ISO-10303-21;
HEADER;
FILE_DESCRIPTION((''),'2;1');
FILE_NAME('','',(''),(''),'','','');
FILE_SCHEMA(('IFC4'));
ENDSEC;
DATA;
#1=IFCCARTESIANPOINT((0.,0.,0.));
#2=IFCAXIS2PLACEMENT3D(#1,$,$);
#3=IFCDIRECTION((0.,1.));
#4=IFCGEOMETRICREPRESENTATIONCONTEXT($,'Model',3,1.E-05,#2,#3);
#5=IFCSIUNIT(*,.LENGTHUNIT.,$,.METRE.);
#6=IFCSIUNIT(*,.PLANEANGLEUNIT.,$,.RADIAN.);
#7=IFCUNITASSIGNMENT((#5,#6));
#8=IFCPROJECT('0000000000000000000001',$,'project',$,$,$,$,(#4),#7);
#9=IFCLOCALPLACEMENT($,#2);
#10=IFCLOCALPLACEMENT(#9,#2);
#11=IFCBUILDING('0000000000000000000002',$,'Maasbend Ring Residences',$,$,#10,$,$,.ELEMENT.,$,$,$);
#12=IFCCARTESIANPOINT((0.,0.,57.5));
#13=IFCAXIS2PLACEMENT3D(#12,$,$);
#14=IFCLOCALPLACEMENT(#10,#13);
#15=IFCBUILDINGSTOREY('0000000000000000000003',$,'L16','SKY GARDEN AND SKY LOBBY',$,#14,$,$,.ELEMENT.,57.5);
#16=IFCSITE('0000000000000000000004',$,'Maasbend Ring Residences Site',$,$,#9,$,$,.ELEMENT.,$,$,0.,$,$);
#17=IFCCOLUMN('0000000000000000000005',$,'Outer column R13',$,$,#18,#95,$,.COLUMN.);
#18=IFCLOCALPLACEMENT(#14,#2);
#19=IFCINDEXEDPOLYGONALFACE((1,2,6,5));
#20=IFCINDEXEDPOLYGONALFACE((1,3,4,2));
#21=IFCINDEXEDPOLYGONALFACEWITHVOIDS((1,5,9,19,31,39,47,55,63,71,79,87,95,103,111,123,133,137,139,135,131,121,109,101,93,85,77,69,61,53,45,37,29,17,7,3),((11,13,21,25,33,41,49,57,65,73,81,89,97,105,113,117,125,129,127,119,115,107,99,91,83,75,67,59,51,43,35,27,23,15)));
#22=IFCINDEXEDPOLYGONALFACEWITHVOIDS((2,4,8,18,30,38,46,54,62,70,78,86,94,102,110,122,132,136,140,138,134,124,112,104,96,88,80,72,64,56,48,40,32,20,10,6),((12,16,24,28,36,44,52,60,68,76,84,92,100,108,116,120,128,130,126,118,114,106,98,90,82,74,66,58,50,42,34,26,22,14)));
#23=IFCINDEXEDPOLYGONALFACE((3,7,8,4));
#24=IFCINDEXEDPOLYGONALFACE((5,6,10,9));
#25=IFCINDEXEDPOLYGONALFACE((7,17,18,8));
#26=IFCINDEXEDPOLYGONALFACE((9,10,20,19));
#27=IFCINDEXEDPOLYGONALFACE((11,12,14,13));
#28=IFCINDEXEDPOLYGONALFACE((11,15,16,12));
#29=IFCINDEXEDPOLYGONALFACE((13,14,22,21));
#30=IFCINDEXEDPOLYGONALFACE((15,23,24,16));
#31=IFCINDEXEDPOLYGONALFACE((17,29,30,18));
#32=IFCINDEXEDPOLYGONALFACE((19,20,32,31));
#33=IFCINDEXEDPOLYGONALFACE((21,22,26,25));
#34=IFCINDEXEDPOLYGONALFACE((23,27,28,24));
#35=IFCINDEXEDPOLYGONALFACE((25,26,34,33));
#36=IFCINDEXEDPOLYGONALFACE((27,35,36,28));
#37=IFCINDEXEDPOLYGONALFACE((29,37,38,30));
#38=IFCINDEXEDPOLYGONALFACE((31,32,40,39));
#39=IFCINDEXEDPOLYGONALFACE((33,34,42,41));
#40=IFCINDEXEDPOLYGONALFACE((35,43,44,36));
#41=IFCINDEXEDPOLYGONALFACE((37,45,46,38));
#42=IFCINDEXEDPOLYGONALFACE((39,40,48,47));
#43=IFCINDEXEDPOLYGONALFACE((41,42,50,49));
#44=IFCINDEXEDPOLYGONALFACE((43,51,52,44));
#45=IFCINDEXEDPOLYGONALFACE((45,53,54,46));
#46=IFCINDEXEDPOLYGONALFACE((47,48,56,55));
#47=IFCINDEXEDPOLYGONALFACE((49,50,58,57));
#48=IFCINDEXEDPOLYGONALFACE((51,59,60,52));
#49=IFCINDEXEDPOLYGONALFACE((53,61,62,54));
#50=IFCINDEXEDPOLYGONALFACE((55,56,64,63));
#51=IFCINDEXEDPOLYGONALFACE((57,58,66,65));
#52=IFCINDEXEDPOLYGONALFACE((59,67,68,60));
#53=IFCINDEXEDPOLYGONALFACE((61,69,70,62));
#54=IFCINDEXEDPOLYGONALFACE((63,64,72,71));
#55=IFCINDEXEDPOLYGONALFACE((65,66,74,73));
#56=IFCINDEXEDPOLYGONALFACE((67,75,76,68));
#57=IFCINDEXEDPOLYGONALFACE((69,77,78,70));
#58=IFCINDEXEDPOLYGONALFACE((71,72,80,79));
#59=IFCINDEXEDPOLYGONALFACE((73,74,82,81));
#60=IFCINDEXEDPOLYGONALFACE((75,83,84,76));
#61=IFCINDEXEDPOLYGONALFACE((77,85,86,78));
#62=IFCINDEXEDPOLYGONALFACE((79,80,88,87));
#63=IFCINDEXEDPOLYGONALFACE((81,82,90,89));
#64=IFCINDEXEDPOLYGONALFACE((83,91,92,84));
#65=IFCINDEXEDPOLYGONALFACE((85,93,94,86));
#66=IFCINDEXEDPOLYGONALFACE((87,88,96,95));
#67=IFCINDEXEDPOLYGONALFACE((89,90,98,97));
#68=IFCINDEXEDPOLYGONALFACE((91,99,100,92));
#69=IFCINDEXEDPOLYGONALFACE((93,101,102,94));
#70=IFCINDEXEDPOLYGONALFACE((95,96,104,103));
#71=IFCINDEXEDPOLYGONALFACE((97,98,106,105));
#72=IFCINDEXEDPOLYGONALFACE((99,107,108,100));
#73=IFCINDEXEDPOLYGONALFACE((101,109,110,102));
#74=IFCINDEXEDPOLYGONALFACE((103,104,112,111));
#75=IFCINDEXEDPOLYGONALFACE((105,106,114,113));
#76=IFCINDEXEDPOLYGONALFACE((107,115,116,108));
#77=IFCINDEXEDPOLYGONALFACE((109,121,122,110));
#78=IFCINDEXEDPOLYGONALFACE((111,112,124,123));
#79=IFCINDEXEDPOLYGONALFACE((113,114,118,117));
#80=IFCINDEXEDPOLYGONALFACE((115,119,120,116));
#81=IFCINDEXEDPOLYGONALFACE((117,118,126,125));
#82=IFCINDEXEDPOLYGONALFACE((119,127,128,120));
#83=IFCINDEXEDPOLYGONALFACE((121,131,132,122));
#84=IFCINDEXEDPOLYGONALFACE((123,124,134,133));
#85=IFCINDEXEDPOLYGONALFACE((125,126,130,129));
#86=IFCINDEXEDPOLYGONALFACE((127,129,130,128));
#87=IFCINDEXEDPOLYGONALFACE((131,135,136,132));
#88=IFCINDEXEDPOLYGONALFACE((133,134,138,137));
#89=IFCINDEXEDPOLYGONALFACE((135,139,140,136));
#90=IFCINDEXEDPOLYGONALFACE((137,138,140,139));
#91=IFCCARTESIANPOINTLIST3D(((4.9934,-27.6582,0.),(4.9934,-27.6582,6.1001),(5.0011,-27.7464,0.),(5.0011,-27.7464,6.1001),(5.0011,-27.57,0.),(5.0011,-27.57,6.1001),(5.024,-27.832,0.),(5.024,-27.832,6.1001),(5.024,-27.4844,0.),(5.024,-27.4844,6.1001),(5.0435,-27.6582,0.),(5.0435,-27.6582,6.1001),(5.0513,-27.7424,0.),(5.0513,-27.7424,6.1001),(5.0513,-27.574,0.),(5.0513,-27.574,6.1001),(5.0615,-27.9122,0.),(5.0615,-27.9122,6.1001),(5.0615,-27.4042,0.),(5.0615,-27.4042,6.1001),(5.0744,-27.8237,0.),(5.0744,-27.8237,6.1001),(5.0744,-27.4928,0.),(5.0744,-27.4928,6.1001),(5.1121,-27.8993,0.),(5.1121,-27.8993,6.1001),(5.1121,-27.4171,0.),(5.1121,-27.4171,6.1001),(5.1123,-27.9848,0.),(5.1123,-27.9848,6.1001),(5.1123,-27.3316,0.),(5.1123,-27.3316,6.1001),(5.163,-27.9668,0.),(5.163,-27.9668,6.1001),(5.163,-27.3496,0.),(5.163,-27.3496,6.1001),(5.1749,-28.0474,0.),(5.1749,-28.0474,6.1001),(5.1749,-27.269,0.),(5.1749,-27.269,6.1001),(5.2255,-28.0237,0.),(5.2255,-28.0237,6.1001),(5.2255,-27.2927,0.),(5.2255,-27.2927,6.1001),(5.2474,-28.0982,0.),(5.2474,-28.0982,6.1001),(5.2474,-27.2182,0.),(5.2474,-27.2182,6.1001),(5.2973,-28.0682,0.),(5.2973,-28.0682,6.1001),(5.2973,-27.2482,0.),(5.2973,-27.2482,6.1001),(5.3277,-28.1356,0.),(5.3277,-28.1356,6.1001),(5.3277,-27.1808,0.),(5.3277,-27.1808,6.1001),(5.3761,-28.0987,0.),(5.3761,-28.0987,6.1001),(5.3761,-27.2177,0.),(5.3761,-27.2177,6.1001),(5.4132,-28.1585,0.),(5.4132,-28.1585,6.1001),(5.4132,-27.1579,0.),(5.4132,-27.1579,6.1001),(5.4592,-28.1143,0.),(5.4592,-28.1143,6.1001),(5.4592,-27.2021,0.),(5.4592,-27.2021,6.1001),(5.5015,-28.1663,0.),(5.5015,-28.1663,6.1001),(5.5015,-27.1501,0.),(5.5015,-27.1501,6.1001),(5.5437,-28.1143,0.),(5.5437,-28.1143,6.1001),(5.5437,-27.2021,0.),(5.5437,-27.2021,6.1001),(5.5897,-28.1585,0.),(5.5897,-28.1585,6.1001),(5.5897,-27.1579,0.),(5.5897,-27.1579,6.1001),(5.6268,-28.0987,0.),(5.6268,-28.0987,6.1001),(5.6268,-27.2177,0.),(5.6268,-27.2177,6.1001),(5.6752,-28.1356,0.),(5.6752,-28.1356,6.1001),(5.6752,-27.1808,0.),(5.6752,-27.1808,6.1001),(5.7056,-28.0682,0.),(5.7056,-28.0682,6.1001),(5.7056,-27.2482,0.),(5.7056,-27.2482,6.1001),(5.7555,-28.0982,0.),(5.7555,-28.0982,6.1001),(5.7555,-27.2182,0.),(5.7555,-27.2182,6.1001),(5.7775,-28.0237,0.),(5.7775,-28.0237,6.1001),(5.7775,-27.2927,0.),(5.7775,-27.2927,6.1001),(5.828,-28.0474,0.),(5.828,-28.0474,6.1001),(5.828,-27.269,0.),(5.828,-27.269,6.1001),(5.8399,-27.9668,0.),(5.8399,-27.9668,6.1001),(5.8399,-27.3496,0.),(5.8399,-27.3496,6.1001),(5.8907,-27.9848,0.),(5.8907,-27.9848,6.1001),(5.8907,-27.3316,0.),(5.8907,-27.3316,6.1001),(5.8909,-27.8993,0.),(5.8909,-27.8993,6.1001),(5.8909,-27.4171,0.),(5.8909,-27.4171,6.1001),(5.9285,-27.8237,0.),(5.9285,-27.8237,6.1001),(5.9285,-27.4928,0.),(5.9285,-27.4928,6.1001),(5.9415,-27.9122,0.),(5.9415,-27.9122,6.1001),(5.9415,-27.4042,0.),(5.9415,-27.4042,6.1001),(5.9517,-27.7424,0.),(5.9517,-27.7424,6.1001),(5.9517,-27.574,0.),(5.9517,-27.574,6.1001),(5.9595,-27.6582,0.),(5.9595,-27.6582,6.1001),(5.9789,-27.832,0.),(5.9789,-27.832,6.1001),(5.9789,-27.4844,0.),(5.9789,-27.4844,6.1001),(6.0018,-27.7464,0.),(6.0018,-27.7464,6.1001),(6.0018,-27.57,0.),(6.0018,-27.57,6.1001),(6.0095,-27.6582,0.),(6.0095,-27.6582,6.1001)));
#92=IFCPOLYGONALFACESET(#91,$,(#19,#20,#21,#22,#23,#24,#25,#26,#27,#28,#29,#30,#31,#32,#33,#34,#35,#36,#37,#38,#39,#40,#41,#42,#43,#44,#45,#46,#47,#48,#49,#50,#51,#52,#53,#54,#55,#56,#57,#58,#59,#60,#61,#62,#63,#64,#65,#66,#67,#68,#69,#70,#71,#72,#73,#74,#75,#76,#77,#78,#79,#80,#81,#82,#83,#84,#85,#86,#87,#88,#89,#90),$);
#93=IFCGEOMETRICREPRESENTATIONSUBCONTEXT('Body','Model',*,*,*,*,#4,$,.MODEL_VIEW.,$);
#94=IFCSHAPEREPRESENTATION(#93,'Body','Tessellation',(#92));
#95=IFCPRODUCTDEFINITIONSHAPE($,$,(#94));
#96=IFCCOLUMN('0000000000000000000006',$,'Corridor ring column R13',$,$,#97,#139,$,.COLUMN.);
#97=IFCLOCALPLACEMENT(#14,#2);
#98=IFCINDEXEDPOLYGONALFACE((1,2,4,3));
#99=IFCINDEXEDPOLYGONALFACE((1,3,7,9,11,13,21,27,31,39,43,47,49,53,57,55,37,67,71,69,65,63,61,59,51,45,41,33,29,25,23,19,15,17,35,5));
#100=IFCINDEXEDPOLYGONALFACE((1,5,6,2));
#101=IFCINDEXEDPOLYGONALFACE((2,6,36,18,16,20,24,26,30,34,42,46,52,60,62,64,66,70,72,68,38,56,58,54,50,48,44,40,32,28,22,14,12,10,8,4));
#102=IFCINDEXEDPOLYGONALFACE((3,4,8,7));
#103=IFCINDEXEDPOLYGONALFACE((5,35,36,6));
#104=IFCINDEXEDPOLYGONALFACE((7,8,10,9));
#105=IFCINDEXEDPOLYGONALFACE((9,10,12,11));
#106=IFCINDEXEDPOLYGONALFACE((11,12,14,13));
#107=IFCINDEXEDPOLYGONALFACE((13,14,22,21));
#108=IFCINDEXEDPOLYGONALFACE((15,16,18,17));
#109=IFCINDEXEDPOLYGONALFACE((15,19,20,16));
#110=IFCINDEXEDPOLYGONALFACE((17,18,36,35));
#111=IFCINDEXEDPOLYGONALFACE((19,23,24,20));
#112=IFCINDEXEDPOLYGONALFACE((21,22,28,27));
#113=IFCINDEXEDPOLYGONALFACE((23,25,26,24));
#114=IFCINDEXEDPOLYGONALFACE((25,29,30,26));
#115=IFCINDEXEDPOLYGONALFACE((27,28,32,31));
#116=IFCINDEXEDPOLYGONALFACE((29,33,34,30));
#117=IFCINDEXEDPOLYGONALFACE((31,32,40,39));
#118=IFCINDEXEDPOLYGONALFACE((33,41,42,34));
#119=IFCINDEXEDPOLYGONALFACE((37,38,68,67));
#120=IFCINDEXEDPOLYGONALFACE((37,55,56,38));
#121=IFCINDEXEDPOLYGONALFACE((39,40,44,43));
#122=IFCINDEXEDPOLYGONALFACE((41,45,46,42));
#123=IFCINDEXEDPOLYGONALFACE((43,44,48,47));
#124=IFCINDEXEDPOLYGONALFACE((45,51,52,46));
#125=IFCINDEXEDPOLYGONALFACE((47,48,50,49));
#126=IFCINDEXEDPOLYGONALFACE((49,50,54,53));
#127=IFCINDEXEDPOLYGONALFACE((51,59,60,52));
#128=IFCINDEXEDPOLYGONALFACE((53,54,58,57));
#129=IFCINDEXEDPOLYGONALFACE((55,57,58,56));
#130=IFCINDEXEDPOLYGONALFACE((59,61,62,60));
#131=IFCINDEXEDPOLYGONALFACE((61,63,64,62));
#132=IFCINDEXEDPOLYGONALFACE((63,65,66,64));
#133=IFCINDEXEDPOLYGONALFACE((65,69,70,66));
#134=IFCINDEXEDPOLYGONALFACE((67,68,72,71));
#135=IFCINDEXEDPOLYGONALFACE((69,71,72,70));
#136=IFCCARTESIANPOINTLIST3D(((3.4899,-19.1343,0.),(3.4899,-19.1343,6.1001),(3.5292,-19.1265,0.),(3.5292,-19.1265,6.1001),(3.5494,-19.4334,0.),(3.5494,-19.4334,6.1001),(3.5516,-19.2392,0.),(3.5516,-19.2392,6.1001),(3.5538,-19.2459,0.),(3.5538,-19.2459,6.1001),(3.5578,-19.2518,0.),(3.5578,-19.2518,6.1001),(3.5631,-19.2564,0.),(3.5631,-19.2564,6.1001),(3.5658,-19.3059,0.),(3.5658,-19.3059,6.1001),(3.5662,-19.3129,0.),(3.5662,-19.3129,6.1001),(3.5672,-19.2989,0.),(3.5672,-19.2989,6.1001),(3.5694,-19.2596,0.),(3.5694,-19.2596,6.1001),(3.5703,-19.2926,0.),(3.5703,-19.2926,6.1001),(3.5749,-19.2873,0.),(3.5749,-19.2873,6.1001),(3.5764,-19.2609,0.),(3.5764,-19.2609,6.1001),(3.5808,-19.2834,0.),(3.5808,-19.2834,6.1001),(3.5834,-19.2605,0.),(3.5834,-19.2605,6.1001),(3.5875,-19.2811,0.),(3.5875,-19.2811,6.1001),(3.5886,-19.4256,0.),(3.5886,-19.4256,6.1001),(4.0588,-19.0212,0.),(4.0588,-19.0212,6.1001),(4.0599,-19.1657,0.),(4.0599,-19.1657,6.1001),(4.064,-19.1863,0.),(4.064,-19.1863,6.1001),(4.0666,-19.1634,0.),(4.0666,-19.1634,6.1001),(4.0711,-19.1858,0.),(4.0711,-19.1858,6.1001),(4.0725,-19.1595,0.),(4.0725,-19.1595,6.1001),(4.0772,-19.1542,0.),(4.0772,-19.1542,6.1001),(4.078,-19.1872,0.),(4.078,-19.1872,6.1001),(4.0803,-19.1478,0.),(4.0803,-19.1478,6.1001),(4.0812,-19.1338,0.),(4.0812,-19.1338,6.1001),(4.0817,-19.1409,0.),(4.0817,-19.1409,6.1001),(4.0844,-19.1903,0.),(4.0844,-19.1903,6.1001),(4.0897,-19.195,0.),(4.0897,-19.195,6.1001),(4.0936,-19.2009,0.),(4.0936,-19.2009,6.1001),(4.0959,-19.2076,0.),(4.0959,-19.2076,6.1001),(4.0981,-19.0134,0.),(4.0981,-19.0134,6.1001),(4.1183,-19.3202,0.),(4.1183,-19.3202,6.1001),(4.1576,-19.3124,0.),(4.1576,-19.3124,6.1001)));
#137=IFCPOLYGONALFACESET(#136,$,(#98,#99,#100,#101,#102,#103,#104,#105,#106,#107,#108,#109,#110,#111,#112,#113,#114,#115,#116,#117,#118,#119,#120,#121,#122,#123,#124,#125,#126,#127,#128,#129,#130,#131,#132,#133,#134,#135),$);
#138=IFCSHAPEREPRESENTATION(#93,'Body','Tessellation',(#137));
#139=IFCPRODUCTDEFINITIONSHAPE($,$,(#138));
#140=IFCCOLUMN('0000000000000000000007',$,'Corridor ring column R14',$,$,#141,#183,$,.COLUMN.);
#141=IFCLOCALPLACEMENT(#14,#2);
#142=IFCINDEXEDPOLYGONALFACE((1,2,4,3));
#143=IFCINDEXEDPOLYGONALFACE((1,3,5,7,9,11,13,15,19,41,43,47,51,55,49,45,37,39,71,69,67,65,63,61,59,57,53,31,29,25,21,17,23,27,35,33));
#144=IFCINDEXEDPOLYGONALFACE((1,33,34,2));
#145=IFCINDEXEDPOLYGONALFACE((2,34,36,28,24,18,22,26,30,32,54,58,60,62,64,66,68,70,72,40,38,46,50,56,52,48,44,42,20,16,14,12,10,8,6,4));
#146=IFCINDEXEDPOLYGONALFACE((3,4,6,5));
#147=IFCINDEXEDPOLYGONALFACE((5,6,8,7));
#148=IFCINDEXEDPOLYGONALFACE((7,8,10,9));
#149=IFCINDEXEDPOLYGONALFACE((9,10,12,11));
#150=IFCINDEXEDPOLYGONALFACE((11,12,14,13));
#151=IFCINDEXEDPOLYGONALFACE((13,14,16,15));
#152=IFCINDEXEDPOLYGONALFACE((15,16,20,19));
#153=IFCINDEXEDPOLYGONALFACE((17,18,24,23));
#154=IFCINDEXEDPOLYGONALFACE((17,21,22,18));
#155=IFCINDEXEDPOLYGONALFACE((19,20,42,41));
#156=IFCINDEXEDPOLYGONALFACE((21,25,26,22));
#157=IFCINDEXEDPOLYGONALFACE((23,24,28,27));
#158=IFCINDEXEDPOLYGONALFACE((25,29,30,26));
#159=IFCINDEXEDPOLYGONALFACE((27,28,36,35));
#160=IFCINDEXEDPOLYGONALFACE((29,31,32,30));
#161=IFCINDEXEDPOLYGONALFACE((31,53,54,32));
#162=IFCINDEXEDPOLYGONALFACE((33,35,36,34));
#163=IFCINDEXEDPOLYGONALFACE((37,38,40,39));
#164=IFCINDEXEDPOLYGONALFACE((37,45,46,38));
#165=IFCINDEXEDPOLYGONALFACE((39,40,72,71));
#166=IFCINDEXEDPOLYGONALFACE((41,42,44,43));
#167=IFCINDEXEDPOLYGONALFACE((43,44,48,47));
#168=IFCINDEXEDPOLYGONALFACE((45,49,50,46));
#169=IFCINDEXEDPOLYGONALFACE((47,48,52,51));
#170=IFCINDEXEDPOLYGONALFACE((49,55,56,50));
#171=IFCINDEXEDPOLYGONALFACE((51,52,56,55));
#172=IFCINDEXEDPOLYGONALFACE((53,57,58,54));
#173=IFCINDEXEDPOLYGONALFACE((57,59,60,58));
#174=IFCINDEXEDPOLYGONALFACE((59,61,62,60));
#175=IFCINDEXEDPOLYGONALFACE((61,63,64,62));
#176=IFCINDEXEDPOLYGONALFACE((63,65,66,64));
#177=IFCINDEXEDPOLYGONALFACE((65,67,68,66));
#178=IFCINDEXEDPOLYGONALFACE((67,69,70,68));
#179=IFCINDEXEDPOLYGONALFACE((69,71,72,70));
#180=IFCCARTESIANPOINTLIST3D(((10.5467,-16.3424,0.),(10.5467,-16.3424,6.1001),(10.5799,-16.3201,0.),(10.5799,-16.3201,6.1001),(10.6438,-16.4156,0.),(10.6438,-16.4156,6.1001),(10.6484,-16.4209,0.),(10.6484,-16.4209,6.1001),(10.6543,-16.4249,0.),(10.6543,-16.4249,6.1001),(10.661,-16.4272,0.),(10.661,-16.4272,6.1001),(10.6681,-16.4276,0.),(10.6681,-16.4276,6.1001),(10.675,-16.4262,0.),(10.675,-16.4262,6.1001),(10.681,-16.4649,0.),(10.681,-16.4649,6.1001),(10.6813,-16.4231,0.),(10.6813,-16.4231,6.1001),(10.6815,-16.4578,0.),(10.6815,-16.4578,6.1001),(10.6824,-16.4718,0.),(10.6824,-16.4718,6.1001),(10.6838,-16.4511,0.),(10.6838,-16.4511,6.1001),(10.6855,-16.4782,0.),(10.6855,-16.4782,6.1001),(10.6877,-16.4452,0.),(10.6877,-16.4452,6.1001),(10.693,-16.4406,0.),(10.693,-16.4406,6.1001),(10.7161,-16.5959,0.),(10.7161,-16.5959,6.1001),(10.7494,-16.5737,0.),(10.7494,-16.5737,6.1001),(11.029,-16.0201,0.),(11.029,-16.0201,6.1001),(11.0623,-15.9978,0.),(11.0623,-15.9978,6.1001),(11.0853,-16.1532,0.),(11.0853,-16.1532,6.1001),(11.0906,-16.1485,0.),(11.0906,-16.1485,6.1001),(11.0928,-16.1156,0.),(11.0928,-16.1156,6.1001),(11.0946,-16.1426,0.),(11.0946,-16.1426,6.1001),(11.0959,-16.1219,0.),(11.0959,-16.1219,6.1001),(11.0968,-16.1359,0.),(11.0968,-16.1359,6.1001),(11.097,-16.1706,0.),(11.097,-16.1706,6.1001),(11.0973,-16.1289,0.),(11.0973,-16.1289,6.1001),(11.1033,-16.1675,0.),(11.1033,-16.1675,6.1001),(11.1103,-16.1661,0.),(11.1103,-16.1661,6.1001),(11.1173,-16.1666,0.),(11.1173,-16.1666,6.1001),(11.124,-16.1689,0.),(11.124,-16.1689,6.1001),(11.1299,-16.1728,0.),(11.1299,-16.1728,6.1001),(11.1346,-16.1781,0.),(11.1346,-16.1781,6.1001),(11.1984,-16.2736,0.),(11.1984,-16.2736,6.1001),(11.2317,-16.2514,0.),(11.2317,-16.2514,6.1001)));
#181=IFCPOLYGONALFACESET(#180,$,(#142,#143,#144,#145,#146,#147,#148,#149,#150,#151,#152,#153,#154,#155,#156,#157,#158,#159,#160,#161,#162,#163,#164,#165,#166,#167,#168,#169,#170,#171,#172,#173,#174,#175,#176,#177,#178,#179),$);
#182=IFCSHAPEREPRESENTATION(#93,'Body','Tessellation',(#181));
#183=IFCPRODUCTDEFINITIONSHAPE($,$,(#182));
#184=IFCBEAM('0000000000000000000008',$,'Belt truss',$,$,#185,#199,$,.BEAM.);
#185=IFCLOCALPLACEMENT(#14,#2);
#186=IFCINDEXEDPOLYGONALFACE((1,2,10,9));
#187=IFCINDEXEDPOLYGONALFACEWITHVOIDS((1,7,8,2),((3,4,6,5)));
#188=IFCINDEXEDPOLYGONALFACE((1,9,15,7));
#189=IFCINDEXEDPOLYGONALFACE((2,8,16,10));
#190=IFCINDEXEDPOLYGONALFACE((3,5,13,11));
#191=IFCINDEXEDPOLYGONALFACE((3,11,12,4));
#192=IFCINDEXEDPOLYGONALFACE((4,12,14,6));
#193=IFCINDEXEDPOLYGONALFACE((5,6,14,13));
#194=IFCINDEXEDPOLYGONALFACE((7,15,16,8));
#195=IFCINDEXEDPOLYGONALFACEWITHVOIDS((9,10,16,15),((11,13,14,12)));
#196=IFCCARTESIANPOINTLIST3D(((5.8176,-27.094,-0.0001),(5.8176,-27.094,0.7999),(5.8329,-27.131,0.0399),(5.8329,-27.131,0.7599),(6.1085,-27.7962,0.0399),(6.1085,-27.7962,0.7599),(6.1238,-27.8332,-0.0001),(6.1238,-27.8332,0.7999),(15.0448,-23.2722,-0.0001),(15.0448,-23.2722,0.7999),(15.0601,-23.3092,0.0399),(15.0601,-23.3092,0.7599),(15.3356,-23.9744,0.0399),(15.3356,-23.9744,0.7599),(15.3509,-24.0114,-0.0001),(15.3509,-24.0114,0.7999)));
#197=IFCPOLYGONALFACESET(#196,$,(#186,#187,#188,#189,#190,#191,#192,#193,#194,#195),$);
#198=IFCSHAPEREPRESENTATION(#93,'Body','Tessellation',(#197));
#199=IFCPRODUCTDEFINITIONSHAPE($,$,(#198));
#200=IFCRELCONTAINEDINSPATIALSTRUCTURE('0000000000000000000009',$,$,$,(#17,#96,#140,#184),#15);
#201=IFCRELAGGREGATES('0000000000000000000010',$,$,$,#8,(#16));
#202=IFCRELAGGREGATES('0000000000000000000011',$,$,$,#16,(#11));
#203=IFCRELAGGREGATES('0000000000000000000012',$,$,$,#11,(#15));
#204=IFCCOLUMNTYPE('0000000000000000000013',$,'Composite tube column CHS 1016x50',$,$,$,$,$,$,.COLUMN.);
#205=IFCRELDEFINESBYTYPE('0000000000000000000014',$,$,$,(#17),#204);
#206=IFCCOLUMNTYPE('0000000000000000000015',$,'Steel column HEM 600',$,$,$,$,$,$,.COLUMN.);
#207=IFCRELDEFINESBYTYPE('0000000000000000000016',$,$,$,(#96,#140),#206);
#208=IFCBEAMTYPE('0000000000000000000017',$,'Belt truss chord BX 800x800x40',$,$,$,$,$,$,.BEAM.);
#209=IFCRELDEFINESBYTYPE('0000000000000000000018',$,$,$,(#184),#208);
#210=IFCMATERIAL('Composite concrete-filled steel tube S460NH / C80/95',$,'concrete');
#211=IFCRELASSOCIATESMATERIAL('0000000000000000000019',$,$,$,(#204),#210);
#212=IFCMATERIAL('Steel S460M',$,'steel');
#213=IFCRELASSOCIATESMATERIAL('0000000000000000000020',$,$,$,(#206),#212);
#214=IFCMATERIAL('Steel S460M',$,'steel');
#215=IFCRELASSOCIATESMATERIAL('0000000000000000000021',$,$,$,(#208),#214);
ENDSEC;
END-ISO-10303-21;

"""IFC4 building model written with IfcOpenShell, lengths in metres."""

from ifc_helpers import new_model, si_unit, direction, frame, origin, origin_2d, place, context, subcontext, project, spatial, hollow_rectangle, hollow_circle, i_section, extrude, material, material_profile, profile_set, type_object, element, save


model = new_model("IFC4")

# Units and contexts
model_context = context("Model", 3, precision=1e-05, world=origin(), true_north=direction((0.0, 1.0)))
body_context = subcontext(model_context, "Body", "Model", "MODEL_VIEW")
ifc_project = project(units=[si_unit("LENGTHUNIT", "METRE"), si_unit("PLANEANGLEUNIT", "RADIAN")], contexts=[model_context])

# Site, building, storey
site_placement = place(None, origin())
site = spatial("IfcSite", under=ifc_project, at=site_placement, Name="Maasbend Ring Residences Site", CompositionType="ELEMENT", RefElevation=0.0)
building_placement = place(site_placement, origin())
building = spatial("IfcBuilding", under=site, at=building_placement, Name="Maasbend Ring Residences", CompositionType="ELEMENT")
storey_placement = place(building_placement, frame((0.0, 0.0, 57.5)))
storey = spatial("IfcBuildingStorey", under=building, at=storey_placement, Name="L16", Description="SKY GARDEN AND SKY LOBBY", CompositionType="ELEMENT", Elevation=57.5)

# Columns
ifc_material_1 = material(Name="Composite concrete-filled steel tube S460NH / C80/95", Category="concrete")
ifc_material_profile_1 = material_profile(ifc_material_1, hollow_circle(Radius=0.5081, WallThickness=0.05, at=origin_2d()), Name="Composite tube column CHS 1016x50")
ifc_profile_set_1 = profile_set([ifc_material_profile_1], Name="Composite concrete-filled steel tube S460NH / C80/95")
column_type_1 = type_object("IfcColumnType", Name="Composite tube column CHS 1016x50", PredefinedType="COLUMN", material=ifc_profile_set_1)
column_placement = place(storey_placement, frame((5.5015, -27.6582, 0.0), z_axis=(0.0, 0.0, 1.0), x_axis=(1.0, 0.0, 0.0)))
element("IfcColumn", 1, at=column_placement, inside=storey, type_object=column_type_1, Name="Outer column R13", PredefinedType="COLUMN", context=body_context, shape_type="SweptSolid", body=[
    extrude(hollow_circle(Radius=0.5081, WallThickness=0.05, at=origin_2d()), origin(), (0.0, 0.0, 1.0), 6.1001),
])
ifc_material_2 = material(Name="Steel S460M", Category="steel")
ifc_material_profile_2 = material_profile(ifc_material_2, i_section(OverallWidth=0.3049, OverallDepth=0.6201, WebThickness=0.021, FlangeThickness=0.04, FilletRadius=0.0271, at=origin_2d()), Name="HEM 600")
ifc_profile_set_2 = profile_set([ifc_material_profile_2], Name="Steel S460M")
column_type_2 = type_object("IfcColumnType", Name="Steel column HEM 600", PredefinedType="COLUMN", material=ifc_profile_set_2)
for number, where, z_axis, x_axis, name in (
    (2, (3.8237, -19.2234, 0.0), (0.0, 0.0, 1.0), (0.19509, -0.980785, 0.0), "Corridor ring column R13"),
    (3, (10.8892, -16.2969, 0.0), (0.0, 0.0, 1.0), (0.55557, -0.83147, 0.0), "Corridor ring column R14"),
):
    element("IfcColumn", number, at=place(storey_placement, frame(where, z_axis=z_axis, x_axis=x_axis)), inside=storey, type_object=column_type_2, Name=name, PredefinedType="COLUMN", context=body_context, shape_type="SweptSolid", body=[
        extrude(i_section(OverallWidth=0.3049, OverallDepth=0.6201, WebThickness=0.021, FlangeThickness=0.04, FilletRadius=0.0271, at=origin_2d()), origin(), (0.0, 0.0, 1.0), 6.1001),
    ])

# Beam
ifc_material_3 = material(Name="Steel S460M", Category="steel")
ifc_material_profile_3 = material_profile(ifc_material_3, hollow_rectangle(XDim=0.8, YDim=0.8, WallThickness=0.04, at=origin_2d()), Name="Belt truss chord BX 800x800x40")
ifc_profile_set_3 = profile_set([ifc_material_profile_3], Name="Steel S460M")
beam_type_1 = type_object("IfcBeamType", Name="Belt truss chord BX 800x800x40", PredefinedType="BEAM", material=ifc_profile_set_3)
for number, where, z_axis, x_axis, name in (
    (4, (5.9707, -27.4636, 0.3999), (0.923886, 0.382667, 0.0), (-0.382667, 0.923886, 0.0), "Belt truss"),
):
    element("IfcBeam", number, at=place(storey_placement, frame(where, z_axis=z_axis, x_axis=x_axis)), inside=storey, type_object=beam_type_1, Name=name, PredefinedType="BEAM", context=body_context, shape_type="SweptSolid", body=[
        extrude(hollow_rectangle(XDim=0.8, YDim=0.8, WallThickness=0.04, at=origin_2d()), origin(), (0.0, 0.0, 1.0), 9.9873),
    ])

save(model, "model.ifc")
